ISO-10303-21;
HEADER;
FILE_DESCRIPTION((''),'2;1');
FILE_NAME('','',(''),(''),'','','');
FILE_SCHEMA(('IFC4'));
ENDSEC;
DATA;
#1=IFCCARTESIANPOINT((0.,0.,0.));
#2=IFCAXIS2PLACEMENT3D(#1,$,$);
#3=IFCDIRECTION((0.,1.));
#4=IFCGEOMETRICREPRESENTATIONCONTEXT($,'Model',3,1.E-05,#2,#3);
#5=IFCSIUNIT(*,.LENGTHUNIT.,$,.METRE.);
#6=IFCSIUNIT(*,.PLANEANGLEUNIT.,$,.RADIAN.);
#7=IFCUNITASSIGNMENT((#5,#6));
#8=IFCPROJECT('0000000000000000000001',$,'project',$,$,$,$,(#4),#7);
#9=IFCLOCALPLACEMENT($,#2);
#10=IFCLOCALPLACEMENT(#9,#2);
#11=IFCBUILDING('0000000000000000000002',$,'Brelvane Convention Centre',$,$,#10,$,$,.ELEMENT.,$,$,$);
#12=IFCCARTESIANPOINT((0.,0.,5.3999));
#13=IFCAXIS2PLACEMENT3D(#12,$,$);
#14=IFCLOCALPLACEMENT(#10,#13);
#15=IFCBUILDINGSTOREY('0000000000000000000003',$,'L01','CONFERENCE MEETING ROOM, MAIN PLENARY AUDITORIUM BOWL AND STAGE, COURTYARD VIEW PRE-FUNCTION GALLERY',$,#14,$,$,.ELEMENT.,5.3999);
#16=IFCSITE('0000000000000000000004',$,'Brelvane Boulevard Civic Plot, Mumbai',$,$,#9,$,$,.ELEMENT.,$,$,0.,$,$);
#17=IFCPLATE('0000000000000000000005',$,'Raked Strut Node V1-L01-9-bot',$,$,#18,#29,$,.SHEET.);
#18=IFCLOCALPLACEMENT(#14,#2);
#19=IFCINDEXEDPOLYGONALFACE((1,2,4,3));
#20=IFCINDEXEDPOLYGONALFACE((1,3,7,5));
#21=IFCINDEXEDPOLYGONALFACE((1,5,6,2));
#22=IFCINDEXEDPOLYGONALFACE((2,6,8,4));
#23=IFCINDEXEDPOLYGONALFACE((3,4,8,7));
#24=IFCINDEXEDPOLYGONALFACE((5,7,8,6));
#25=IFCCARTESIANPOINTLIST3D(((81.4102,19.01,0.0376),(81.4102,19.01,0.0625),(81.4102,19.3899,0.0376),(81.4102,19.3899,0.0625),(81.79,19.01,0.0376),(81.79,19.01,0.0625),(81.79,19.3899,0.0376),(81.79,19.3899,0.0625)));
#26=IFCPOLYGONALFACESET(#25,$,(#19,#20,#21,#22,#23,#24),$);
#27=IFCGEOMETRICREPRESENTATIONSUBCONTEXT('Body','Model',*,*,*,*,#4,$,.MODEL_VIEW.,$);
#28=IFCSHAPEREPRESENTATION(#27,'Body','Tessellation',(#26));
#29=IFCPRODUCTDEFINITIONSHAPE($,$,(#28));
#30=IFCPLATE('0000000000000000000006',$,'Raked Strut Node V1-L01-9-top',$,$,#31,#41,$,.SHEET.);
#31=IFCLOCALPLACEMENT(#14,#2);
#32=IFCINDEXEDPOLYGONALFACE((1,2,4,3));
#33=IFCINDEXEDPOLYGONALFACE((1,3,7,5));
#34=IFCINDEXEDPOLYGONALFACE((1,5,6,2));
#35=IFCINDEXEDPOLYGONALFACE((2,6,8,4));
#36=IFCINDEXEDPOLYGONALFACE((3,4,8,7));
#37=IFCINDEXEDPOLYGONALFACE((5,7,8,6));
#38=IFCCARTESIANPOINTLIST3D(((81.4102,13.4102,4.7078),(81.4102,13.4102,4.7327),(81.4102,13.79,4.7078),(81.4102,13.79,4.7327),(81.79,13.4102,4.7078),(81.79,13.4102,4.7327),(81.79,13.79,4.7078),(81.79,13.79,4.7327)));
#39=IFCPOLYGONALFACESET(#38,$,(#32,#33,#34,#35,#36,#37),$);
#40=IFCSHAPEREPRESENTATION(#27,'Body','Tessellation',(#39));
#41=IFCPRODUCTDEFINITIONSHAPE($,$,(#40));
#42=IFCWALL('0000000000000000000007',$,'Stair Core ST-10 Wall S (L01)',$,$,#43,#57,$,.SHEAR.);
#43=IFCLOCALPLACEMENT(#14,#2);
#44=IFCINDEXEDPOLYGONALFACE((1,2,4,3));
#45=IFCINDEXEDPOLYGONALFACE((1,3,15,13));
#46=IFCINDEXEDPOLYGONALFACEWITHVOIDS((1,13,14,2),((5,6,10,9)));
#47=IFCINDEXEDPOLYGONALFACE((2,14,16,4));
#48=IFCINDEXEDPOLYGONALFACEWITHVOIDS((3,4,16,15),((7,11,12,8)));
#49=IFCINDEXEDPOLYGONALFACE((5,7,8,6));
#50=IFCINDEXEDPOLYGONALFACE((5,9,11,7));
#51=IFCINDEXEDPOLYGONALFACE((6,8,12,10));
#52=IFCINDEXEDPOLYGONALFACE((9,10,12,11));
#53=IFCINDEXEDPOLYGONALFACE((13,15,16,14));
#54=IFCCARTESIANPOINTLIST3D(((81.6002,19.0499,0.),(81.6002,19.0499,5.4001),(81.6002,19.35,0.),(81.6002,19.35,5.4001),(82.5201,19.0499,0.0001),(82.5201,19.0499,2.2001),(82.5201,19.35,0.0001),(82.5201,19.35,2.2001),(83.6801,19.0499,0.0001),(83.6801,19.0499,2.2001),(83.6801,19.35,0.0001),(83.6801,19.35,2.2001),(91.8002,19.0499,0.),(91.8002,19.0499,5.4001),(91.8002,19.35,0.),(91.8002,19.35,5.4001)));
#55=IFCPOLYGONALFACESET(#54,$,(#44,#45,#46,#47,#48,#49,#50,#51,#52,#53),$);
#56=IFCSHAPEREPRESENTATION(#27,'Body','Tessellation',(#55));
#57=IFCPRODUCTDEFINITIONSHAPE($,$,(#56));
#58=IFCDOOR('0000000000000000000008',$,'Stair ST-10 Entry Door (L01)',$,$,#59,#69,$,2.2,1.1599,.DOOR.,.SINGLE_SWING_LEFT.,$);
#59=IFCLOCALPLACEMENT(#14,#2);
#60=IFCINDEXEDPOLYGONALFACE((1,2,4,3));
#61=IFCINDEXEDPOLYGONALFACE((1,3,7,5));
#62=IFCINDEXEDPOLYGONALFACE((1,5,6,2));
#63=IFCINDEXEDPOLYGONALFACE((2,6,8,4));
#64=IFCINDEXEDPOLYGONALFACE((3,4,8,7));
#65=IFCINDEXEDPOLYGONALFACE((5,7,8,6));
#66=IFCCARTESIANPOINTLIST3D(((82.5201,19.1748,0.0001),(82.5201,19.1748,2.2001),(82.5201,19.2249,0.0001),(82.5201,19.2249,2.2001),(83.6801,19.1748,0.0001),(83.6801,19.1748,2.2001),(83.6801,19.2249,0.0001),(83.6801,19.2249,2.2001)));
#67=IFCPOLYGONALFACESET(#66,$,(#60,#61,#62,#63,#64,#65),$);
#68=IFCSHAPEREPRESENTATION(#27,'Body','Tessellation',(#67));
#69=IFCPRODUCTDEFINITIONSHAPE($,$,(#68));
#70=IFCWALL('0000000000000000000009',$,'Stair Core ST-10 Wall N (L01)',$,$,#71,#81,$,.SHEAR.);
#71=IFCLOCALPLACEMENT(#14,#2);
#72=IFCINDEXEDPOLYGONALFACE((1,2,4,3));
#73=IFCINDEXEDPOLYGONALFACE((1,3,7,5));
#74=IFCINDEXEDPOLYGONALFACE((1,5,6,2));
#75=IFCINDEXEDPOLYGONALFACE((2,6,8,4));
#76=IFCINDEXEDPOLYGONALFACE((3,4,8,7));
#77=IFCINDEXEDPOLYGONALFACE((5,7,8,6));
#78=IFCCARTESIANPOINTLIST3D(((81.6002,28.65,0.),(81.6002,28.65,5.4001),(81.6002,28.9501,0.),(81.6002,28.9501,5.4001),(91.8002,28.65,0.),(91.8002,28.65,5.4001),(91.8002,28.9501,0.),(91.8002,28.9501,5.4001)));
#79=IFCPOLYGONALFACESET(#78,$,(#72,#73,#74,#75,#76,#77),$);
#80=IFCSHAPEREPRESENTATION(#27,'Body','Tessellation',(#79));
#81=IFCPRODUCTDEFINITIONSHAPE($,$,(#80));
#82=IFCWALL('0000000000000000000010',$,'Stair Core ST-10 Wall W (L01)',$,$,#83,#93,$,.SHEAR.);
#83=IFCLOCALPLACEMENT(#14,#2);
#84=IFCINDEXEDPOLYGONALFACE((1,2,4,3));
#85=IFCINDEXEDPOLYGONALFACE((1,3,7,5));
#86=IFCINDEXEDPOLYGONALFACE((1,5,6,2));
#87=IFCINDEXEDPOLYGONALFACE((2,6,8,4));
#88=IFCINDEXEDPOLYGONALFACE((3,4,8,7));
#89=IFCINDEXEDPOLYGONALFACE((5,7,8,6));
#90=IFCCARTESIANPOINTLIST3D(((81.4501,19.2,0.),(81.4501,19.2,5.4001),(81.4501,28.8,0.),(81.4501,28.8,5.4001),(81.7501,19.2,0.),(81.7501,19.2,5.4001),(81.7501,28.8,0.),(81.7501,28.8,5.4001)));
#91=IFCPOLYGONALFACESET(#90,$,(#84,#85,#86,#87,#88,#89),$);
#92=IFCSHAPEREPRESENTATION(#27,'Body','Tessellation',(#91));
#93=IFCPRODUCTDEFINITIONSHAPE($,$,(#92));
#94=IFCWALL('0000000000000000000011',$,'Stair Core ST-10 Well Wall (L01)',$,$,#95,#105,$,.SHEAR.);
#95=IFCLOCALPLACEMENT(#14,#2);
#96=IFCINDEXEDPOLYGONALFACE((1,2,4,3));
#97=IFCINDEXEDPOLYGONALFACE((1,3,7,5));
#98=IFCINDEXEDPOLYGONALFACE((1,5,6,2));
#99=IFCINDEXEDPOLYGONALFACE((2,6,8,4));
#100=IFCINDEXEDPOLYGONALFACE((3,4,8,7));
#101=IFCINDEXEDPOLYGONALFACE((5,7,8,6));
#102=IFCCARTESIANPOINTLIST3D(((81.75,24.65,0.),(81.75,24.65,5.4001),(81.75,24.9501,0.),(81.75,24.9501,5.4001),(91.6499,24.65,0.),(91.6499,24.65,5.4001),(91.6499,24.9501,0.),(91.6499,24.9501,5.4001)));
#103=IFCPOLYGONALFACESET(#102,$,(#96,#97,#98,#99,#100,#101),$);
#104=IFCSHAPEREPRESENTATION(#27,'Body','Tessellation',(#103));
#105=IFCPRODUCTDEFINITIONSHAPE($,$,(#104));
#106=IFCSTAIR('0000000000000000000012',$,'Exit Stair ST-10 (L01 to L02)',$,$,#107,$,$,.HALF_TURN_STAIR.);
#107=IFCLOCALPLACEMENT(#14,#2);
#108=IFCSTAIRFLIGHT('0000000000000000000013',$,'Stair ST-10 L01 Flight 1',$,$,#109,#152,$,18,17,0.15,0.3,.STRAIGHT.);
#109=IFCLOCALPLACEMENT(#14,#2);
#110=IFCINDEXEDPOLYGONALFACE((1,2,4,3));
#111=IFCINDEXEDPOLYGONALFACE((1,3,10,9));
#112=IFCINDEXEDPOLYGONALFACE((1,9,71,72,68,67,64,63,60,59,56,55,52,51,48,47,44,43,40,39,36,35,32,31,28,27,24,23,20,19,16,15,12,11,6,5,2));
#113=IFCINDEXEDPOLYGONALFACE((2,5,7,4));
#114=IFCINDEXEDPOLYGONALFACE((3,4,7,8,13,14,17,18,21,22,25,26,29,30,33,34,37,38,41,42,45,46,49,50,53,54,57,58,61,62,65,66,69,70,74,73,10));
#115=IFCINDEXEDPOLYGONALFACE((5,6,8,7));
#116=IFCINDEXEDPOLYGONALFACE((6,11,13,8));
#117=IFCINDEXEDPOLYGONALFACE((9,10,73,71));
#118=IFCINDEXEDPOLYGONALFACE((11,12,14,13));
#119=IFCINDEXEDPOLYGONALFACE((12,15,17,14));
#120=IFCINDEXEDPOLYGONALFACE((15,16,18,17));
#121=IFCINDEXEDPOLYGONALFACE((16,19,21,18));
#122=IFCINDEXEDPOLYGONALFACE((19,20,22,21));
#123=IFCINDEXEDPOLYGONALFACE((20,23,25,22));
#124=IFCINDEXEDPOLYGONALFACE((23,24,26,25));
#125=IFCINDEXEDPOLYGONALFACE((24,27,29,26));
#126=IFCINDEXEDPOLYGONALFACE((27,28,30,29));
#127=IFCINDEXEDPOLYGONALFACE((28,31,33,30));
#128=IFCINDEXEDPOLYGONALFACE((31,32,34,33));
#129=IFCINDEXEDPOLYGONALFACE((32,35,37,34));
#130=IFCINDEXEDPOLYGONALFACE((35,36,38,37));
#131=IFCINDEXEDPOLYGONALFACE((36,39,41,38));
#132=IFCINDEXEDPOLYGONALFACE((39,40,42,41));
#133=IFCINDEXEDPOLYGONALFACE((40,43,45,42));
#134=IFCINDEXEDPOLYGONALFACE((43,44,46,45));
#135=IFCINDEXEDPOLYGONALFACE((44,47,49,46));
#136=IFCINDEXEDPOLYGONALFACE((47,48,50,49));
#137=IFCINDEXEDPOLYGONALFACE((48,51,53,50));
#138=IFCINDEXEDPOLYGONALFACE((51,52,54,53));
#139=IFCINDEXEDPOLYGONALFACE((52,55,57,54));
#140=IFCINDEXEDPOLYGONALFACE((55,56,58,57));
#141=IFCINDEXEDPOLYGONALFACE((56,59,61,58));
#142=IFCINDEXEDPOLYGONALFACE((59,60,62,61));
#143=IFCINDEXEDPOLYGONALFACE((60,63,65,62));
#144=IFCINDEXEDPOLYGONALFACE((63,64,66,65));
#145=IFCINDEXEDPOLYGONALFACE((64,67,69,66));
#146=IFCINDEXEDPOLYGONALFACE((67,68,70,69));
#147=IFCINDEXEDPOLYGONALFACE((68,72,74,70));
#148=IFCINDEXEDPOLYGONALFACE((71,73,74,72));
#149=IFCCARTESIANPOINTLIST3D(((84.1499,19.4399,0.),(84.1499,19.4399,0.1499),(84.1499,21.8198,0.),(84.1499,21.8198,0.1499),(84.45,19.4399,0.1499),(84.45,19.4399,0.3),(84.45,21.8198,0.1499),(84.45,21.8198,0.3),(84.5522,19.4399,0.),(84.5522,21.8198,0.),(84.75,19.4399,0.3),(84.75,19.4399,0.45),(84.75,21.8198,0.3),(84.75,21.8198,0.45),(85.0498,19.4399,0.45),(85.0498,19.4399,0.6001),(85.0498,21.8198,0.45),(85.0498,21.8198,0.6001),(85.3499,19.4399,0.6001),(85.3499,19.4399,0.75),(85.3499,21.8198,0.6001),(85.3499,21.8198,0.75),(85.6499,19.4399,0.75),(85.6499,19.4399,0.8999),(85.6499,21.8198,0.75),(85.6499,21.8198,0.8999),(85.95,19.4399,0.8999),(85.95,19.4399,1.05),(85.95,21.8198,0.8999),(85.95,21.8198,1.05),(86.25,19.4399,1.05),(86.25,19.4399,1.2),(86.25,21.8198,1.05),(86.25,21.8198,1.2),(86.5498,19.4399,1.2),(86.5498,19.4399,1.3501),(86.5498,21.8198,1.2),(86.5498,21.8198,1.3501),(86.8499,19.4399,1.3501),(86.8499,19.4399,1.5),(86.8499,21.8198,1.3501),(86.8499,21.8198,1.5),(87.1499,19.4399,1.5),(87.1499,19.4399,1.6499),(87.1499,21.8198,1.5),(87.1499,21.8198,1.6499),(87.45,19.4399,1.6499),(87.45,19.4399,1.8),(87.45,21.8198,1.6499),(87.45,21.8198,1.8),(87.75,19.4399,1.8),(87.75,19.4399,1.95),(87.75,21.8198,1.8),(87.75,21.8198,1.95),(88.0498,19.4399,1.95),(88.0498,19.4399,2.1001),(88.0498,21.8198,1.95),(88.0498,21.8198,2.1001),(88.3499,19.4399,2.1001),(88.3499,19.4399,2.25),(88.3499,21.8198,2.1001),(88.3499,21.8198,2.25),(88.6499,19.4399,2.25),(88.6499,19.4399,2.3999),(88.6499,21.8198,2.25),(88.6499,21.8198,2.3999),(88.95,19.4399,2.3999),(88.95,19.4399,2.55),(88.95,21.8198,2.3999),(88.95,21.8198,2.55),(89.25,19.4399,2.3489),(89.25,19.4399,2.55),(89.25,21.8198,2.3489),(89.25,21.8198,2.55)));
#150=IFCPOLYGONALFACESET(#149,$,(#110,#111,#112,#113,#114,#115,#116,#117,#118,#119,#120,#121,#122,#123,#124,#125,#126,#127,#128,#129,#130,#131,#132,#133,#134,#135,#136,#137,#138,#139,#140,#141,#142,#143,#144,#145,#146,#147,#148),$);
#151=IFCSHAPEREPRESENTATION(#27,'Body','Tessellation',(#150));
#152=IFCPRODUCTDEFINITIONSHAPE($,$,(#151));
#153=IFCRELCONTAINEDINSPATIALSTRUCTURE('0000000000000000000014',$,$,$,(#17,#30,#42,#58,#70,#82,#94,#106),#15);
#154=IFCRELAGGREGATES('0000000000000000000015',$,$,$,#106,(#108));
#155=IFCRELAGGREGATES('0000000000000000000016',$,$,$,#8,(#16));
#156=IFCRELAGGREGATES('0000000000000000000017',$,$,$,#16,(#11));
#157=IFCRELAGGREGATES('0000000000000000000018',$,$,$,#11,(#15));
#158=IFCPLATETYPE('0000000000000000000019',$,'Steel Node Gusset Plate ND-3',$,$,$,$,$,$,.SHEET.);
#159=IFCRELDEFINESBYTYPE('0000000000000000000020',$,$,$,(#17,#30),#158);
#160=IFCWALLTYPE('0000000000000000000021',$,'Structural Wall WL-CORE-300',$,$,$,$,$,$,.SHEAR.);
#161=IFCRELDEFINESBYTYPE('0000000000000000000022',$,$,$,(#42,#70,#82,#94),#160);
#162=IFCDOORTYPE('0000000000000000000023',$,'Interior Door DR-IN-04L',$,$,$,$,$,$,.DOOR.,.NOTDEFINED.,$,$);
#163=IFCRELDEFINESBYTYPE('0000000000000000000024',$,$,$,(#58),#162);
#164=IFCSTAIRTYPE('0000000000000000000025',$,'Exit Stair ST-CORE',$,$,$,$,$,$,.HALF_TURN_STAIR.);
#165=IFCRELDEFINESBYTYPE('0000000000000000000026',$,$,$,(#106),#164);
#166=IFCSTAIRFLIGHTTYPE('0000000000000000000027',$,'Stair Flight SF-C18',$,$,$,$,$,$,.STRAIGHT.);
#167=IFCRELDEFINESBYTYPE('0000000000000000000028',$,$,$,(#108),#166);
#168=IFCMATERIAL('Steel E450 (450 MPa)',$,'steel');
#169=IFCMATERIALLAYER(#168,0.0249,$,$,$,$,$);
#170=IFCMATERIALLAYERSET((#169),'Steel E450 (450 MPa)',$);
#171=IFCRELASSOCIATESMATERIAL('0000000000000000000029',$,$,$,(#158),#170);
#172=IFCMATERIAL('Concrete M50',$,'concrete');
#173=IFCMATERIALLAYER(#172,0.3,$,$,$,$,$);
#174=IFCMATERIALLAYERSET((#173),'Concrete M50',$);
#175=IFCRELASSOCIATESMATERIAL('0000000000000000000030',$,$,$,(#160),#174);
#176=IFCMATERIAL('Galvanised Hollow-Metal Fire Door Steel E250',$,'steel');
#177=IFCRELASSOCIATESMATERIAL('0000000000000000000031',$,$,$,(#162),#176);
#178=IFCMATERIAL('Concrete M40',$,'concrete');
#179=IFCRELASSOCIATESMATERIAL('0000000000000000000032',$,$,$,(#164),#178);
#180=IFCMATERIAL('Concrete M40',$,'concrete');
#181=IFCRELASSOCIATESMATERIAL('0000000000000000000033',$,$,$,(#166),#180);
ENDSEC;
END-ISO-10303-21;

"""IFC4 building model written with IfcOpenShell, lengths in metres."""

from ifc_helpers import new_model, si_unit, direction, frame, frame_2d, origin, origin_2d, place, context, subcontext, project, spatial, polyline, rectangle, outline, extrude, material, layer, layer_set, type_object, element, fill, aggregate, save


model = new_model("IFC4")

# Units and contexts
model_context = context("Model", 3, precision=1e-05, world=origin(), true_north=direction((0.0, 1.0)))
body_context = subcontext(model_context, "Body", "Model", "MODEL_VIEW")
ifc_project = project(units=[si_unit("LENGTHUNIT", "METRE"), si_unit("PLANEANGLEUNIT", "RADIAN")], contexts=[model_context])

# Site, building, storey
site_placement = place(None, origin())
site = spatial("IfcSite", under=ifc_project, at=site_placement, Name="Brelvane Boulevard Civic Plot, Mumbai", CompositionType="ELEMENT", RefElevation=0.0)
building_placement = place(site_placement, origin())
building = spatial("IfcBuilding", under=site, at=building_placement, Name="Brelvane Convention Centre", CompositionType="ELEMENT")
storey_placement = place(building_placement, frame((0.0, 0.0, 5.3999)))
storey = spatial("IfcBuildingStorey", under=building, at=storey_placement, Name="L01", Description="CONFERENCE MEETING ROOM, MAIN PLENARY AUDITORIUM BOWL AND STAGE, COURTYARD VIEW PRE-FUNCTION GALLERY", CompositionType="ELEMENT", Elevation=5.3999)

# Plates
ifc_material_1 = material(Name="Steel E450 (450 MPa)", Category="steel")
ifc_layer_1 = layer(ifc_material_1, 0.0249)
ifc_layer_set_1 = layer_set([ifc_layer_1], Name="Steel E450 (450 MPa)")
plate_type_1 = type_object("IfcPlateType", Name="Steel Node Gusset Plate ND-3", PredefinedType="SHEET", material=ifc_layer_set_1)
for number, where, z_axis, x_axis, name in (
    (1, (81.6001, 19.2, 0.0376), (0.0, 0.0, 1.0), (1.0, 0.0, 0.0), "Raked Strut Node V1-L01-9-bot"),
    (2, (81.6001, 13.6001, 4.7078), (0.0, 0.0, 1.0), (1.0, 0.0, 0.0), "Raked Strut Node V1-L01-9-top"),
):
    element("IfcPlate", number, at=place(storey_placement, frame(where, z_axis=z_axis, x_axis=x_axis)), inside=storey, type_object=plate_type_1, Name=name, PredefinedType="SHEET", context=body_context, shape_type="SweptSolid", body=[
        extrude(rectangle(XDim=0.3799, YDim=0.3799, at=origin_2d()), origin(), (0.0, 0.0, 1.0), 0.0249),
    ])

# Wall, opening, door
ifc_material_2 = material(Name="Concrete M50", Category="concrete")
ifc_layer_2 = layer(ifc_material_2, 0.3)
ifc_layer_set_2 = layer_set([ifc_layer_2], Name="Concrete M50")
wall_type = type_object("IfcWallType", Name="Structural Wall WL-CORE-300", PredefinedType="SHEAR", material=ifc_layer_set_2)
wall_1_placement = place(storey_placement, frame((81.6001, 19.2, 0.0), z_axis=(0.0, 0.0, 1.0), x_axis=(1.0, 0.0, 0.0)))
wall_1 = element("IfcWall", 3, at=wall_1_placement, inside=storey, type_object=wall_type, Name="Stair Core ST-10 Wall S (L01)", PredefinedType="SHEAR", context=body_context, shape_type="SweptSolid", body=[
    extrude(rectangle(XDim=10.2, YDim=0.3, at=frame_2d((5.1001, 0.0))), origin(), (0.0, 0.0, 1.0), 5.4001),
])
opening_placement = place(wall_1_placement, frame((0.9199, 0.0, 0.0)))
opening = element("IfcOpeningElement", 4, at=opening_placement, cuts=wall_1, PredefinedType="OPENING", context=body_context, shape_type="SweptSolid", body=[
    extrude(rectangle(XDim=1.1599, YDim=2.2, at=frame_2d((0.5801, 1.1001))), frame((0.0, 0.1599, 0.0), z_axis=(0.0, -1.0, 0.0), x_axis=(1.0, 0.0, 0.0)), (0.0, 0.0, 1.0), 0.3201),
])
ifc_material_3 = material(Name="Galvanised Hollow-Metal Fire Door Steel E250", Category="steel")
door_type = type_object("IfcDoorType", Name="Interior Door DR-IN-04L", OperationType="NOTDEFINED", PredefinedType="DOOR", material=ifc_material_3)
door_placement = place(opening_placement, origin())
door = element("IfcDoor", 5, at=door_placement, inside=storey, type_object=door_type, Name="Stair ST-10 Entry Door (L01)", OperationType="SINGLE_SWING_LEFT", OverallHeight=2.2, OverallWidth=1.1599, PredefinedType="DOOR", context=body_context, shape_type="SweptSolid", body=[
    extrude(rectangle(XDim=1.1599, YDim=2.2, at=frame_2d((0.5801, 1.1001))), frame((0.0, 0.0249, 0.0), z_axis=(0.0, -1.0, 0.0), x_axis=(1.0, 0.0, 0.0)), (0.0, 0.0, 1.0), 0.05),
])
fill(opening, door)

# Walls
wall_2_placement = place(storey_placement, frame((81.6001, 28.8, 0.0), z_axis=(0.0, 0.0, 1.0), x_axis=(1.0, 0.0, 0.0)))
element("IfcWall", 6, at=wall_2_placement, inside=storey, type_object=wall_type, Name="Stair Core ST-10 Wall N (L01)", PredefinedType="SHEAR", context=body_context, shape_type="SweptSolid", body=[
    extrude(rectangle(XDim=10.2, YDim=0.3, at=frame_2d((5.1001, 0.0))), origin(), (0.0, 0.0, 1.0), 5.4001),
])
wall_3_placement = place(storey_placement, frame((81.6001, 19.2, 0.0), z_axis=(0.0, 0.0, 1.0), x_axis=(0.0, 1.0, 0.0)))
element("IfcWall", 7, at=wall_3_placement, inside=storey, type_object=wall_type, Name="Stair Core ST-10 Wall W (L01)", PredefinedType="SHEAR", context=body_context, shape_type="SweptSolid", body=[
    extrude(rectangle(XDim=9.6001, YDim=0.3, at=frame_2d((4.8, 0.0))), origin(), (0.0, 0.0, 1.0), 5.4001),
])
wall_4_placement = place(storey_placement, frame((81.75, 24.8, 0.0), z_axis=(0.0, 0.0, 1.0), x_axis=(1.0, 0.0, 0.0)))
element("IfcWall", 8, at=wall_4_placement, inside=storey, type_object=wall_type, Name="Stair Core ST-10 Well Wall (L01)", PredefinedType="SHEAR", context=body_context, shape_type="SweptSolid", body=[
    extrude(rectangle(XDim=9.8999, YDim=0.3, at=frame_2d((4.95, 0.0))), origin(), (0.0, 0.0, 1.0), 5.4001),
])

# Stair, stair flight
ifc_material_4 = material(Name="Concrete M40", Category="concrete")
stair_type = type_object("IfcStairType", Name="Exit Stair ST-CORE", PredefinedType="HALF_TURN_STAIR", material=ifc_material_4)
stair_placement = place(storey_placement, origin())
stair = element("IfcStair", 9, at=stair_placement, inside=storey, type_object=stair_type, Name="Exit Stair ST-10 (L01 to L02)", PredefinedType="HALF_TURN_STAIR")
ifc_material_5 = material(Name="Concrete M40", Category="concrete")
stair_flight_type = type_object("IfcStairFlightType", Name="Stair Flight SF-C18", PredefinedType="STRAIGHT", material=ifc_material_5)
stair_flight_placement = place(storey_placement, frame((84.1499, 20.6299, 0.0), z_axis=(0.0, 0.0, 1.0), x_axis=(1.0, 0.0, 0.0)))
stair_flight = element("IfcStairFlight", 10, at=stair_flight_placement, type_object=stair_flight_type, Name="Stair ST-10 L01 Flight 1", NumberOfRisers=18, NumberOfTreads=17, PredefinedType="STRAIGHT", RiserHeight=0.15, TreadLength=0.3, context=body_context, shape_type="SweptSolid", body=[
    extrude(outline(polyline([(0.0, 0.0), (0.0, 0.1499), (0.3, 0.1499), (0.3, 0.3), (0.6001, 0.3), (0.6001, 0.45), (0.8999, 0.45), (0.8999, 0.6001), (1.2, 0.6001), (1.2, 0.75), (1.5, 0.75), (1.5, 0.8999), (1.8, 0.8999), (1.8, 1.05), (2.1001, 1.05), (2.1001, 1.2), (2.3999, 1.2), (2.3999, 1.3501), (2.7, 1.3501), (2.7, 1.5), (3.0, 1.5), (3.0, 1.6499), (3.3, 1.6499), (3.3, 1.8), (3.6001, 1.8), (3.6001, 1.95), (3.8999, 1.95), (3.8999, 2.1001), (4.2, 2.1001), (4.2, 2.25), (4.5, 2.25), (4.5, 2.3999), (4.8, 2.3999), (4.8, 2.55), (5.1001, 2.55), (5.1001, 2.7), (5.1001, 2.3489), (0.4023, 0.0), (0.0, 0.0)])), frame((0.0, 1.1899, 0.0), z_axis=(0.0, -1.0, 0.0), x_axis=(1.0, 0.0, 0.0)), (0.0, 0.0, 1.0), 2.3799),
])
aggregate(stair, [stair_flight])

save(model, "model.ifc")
